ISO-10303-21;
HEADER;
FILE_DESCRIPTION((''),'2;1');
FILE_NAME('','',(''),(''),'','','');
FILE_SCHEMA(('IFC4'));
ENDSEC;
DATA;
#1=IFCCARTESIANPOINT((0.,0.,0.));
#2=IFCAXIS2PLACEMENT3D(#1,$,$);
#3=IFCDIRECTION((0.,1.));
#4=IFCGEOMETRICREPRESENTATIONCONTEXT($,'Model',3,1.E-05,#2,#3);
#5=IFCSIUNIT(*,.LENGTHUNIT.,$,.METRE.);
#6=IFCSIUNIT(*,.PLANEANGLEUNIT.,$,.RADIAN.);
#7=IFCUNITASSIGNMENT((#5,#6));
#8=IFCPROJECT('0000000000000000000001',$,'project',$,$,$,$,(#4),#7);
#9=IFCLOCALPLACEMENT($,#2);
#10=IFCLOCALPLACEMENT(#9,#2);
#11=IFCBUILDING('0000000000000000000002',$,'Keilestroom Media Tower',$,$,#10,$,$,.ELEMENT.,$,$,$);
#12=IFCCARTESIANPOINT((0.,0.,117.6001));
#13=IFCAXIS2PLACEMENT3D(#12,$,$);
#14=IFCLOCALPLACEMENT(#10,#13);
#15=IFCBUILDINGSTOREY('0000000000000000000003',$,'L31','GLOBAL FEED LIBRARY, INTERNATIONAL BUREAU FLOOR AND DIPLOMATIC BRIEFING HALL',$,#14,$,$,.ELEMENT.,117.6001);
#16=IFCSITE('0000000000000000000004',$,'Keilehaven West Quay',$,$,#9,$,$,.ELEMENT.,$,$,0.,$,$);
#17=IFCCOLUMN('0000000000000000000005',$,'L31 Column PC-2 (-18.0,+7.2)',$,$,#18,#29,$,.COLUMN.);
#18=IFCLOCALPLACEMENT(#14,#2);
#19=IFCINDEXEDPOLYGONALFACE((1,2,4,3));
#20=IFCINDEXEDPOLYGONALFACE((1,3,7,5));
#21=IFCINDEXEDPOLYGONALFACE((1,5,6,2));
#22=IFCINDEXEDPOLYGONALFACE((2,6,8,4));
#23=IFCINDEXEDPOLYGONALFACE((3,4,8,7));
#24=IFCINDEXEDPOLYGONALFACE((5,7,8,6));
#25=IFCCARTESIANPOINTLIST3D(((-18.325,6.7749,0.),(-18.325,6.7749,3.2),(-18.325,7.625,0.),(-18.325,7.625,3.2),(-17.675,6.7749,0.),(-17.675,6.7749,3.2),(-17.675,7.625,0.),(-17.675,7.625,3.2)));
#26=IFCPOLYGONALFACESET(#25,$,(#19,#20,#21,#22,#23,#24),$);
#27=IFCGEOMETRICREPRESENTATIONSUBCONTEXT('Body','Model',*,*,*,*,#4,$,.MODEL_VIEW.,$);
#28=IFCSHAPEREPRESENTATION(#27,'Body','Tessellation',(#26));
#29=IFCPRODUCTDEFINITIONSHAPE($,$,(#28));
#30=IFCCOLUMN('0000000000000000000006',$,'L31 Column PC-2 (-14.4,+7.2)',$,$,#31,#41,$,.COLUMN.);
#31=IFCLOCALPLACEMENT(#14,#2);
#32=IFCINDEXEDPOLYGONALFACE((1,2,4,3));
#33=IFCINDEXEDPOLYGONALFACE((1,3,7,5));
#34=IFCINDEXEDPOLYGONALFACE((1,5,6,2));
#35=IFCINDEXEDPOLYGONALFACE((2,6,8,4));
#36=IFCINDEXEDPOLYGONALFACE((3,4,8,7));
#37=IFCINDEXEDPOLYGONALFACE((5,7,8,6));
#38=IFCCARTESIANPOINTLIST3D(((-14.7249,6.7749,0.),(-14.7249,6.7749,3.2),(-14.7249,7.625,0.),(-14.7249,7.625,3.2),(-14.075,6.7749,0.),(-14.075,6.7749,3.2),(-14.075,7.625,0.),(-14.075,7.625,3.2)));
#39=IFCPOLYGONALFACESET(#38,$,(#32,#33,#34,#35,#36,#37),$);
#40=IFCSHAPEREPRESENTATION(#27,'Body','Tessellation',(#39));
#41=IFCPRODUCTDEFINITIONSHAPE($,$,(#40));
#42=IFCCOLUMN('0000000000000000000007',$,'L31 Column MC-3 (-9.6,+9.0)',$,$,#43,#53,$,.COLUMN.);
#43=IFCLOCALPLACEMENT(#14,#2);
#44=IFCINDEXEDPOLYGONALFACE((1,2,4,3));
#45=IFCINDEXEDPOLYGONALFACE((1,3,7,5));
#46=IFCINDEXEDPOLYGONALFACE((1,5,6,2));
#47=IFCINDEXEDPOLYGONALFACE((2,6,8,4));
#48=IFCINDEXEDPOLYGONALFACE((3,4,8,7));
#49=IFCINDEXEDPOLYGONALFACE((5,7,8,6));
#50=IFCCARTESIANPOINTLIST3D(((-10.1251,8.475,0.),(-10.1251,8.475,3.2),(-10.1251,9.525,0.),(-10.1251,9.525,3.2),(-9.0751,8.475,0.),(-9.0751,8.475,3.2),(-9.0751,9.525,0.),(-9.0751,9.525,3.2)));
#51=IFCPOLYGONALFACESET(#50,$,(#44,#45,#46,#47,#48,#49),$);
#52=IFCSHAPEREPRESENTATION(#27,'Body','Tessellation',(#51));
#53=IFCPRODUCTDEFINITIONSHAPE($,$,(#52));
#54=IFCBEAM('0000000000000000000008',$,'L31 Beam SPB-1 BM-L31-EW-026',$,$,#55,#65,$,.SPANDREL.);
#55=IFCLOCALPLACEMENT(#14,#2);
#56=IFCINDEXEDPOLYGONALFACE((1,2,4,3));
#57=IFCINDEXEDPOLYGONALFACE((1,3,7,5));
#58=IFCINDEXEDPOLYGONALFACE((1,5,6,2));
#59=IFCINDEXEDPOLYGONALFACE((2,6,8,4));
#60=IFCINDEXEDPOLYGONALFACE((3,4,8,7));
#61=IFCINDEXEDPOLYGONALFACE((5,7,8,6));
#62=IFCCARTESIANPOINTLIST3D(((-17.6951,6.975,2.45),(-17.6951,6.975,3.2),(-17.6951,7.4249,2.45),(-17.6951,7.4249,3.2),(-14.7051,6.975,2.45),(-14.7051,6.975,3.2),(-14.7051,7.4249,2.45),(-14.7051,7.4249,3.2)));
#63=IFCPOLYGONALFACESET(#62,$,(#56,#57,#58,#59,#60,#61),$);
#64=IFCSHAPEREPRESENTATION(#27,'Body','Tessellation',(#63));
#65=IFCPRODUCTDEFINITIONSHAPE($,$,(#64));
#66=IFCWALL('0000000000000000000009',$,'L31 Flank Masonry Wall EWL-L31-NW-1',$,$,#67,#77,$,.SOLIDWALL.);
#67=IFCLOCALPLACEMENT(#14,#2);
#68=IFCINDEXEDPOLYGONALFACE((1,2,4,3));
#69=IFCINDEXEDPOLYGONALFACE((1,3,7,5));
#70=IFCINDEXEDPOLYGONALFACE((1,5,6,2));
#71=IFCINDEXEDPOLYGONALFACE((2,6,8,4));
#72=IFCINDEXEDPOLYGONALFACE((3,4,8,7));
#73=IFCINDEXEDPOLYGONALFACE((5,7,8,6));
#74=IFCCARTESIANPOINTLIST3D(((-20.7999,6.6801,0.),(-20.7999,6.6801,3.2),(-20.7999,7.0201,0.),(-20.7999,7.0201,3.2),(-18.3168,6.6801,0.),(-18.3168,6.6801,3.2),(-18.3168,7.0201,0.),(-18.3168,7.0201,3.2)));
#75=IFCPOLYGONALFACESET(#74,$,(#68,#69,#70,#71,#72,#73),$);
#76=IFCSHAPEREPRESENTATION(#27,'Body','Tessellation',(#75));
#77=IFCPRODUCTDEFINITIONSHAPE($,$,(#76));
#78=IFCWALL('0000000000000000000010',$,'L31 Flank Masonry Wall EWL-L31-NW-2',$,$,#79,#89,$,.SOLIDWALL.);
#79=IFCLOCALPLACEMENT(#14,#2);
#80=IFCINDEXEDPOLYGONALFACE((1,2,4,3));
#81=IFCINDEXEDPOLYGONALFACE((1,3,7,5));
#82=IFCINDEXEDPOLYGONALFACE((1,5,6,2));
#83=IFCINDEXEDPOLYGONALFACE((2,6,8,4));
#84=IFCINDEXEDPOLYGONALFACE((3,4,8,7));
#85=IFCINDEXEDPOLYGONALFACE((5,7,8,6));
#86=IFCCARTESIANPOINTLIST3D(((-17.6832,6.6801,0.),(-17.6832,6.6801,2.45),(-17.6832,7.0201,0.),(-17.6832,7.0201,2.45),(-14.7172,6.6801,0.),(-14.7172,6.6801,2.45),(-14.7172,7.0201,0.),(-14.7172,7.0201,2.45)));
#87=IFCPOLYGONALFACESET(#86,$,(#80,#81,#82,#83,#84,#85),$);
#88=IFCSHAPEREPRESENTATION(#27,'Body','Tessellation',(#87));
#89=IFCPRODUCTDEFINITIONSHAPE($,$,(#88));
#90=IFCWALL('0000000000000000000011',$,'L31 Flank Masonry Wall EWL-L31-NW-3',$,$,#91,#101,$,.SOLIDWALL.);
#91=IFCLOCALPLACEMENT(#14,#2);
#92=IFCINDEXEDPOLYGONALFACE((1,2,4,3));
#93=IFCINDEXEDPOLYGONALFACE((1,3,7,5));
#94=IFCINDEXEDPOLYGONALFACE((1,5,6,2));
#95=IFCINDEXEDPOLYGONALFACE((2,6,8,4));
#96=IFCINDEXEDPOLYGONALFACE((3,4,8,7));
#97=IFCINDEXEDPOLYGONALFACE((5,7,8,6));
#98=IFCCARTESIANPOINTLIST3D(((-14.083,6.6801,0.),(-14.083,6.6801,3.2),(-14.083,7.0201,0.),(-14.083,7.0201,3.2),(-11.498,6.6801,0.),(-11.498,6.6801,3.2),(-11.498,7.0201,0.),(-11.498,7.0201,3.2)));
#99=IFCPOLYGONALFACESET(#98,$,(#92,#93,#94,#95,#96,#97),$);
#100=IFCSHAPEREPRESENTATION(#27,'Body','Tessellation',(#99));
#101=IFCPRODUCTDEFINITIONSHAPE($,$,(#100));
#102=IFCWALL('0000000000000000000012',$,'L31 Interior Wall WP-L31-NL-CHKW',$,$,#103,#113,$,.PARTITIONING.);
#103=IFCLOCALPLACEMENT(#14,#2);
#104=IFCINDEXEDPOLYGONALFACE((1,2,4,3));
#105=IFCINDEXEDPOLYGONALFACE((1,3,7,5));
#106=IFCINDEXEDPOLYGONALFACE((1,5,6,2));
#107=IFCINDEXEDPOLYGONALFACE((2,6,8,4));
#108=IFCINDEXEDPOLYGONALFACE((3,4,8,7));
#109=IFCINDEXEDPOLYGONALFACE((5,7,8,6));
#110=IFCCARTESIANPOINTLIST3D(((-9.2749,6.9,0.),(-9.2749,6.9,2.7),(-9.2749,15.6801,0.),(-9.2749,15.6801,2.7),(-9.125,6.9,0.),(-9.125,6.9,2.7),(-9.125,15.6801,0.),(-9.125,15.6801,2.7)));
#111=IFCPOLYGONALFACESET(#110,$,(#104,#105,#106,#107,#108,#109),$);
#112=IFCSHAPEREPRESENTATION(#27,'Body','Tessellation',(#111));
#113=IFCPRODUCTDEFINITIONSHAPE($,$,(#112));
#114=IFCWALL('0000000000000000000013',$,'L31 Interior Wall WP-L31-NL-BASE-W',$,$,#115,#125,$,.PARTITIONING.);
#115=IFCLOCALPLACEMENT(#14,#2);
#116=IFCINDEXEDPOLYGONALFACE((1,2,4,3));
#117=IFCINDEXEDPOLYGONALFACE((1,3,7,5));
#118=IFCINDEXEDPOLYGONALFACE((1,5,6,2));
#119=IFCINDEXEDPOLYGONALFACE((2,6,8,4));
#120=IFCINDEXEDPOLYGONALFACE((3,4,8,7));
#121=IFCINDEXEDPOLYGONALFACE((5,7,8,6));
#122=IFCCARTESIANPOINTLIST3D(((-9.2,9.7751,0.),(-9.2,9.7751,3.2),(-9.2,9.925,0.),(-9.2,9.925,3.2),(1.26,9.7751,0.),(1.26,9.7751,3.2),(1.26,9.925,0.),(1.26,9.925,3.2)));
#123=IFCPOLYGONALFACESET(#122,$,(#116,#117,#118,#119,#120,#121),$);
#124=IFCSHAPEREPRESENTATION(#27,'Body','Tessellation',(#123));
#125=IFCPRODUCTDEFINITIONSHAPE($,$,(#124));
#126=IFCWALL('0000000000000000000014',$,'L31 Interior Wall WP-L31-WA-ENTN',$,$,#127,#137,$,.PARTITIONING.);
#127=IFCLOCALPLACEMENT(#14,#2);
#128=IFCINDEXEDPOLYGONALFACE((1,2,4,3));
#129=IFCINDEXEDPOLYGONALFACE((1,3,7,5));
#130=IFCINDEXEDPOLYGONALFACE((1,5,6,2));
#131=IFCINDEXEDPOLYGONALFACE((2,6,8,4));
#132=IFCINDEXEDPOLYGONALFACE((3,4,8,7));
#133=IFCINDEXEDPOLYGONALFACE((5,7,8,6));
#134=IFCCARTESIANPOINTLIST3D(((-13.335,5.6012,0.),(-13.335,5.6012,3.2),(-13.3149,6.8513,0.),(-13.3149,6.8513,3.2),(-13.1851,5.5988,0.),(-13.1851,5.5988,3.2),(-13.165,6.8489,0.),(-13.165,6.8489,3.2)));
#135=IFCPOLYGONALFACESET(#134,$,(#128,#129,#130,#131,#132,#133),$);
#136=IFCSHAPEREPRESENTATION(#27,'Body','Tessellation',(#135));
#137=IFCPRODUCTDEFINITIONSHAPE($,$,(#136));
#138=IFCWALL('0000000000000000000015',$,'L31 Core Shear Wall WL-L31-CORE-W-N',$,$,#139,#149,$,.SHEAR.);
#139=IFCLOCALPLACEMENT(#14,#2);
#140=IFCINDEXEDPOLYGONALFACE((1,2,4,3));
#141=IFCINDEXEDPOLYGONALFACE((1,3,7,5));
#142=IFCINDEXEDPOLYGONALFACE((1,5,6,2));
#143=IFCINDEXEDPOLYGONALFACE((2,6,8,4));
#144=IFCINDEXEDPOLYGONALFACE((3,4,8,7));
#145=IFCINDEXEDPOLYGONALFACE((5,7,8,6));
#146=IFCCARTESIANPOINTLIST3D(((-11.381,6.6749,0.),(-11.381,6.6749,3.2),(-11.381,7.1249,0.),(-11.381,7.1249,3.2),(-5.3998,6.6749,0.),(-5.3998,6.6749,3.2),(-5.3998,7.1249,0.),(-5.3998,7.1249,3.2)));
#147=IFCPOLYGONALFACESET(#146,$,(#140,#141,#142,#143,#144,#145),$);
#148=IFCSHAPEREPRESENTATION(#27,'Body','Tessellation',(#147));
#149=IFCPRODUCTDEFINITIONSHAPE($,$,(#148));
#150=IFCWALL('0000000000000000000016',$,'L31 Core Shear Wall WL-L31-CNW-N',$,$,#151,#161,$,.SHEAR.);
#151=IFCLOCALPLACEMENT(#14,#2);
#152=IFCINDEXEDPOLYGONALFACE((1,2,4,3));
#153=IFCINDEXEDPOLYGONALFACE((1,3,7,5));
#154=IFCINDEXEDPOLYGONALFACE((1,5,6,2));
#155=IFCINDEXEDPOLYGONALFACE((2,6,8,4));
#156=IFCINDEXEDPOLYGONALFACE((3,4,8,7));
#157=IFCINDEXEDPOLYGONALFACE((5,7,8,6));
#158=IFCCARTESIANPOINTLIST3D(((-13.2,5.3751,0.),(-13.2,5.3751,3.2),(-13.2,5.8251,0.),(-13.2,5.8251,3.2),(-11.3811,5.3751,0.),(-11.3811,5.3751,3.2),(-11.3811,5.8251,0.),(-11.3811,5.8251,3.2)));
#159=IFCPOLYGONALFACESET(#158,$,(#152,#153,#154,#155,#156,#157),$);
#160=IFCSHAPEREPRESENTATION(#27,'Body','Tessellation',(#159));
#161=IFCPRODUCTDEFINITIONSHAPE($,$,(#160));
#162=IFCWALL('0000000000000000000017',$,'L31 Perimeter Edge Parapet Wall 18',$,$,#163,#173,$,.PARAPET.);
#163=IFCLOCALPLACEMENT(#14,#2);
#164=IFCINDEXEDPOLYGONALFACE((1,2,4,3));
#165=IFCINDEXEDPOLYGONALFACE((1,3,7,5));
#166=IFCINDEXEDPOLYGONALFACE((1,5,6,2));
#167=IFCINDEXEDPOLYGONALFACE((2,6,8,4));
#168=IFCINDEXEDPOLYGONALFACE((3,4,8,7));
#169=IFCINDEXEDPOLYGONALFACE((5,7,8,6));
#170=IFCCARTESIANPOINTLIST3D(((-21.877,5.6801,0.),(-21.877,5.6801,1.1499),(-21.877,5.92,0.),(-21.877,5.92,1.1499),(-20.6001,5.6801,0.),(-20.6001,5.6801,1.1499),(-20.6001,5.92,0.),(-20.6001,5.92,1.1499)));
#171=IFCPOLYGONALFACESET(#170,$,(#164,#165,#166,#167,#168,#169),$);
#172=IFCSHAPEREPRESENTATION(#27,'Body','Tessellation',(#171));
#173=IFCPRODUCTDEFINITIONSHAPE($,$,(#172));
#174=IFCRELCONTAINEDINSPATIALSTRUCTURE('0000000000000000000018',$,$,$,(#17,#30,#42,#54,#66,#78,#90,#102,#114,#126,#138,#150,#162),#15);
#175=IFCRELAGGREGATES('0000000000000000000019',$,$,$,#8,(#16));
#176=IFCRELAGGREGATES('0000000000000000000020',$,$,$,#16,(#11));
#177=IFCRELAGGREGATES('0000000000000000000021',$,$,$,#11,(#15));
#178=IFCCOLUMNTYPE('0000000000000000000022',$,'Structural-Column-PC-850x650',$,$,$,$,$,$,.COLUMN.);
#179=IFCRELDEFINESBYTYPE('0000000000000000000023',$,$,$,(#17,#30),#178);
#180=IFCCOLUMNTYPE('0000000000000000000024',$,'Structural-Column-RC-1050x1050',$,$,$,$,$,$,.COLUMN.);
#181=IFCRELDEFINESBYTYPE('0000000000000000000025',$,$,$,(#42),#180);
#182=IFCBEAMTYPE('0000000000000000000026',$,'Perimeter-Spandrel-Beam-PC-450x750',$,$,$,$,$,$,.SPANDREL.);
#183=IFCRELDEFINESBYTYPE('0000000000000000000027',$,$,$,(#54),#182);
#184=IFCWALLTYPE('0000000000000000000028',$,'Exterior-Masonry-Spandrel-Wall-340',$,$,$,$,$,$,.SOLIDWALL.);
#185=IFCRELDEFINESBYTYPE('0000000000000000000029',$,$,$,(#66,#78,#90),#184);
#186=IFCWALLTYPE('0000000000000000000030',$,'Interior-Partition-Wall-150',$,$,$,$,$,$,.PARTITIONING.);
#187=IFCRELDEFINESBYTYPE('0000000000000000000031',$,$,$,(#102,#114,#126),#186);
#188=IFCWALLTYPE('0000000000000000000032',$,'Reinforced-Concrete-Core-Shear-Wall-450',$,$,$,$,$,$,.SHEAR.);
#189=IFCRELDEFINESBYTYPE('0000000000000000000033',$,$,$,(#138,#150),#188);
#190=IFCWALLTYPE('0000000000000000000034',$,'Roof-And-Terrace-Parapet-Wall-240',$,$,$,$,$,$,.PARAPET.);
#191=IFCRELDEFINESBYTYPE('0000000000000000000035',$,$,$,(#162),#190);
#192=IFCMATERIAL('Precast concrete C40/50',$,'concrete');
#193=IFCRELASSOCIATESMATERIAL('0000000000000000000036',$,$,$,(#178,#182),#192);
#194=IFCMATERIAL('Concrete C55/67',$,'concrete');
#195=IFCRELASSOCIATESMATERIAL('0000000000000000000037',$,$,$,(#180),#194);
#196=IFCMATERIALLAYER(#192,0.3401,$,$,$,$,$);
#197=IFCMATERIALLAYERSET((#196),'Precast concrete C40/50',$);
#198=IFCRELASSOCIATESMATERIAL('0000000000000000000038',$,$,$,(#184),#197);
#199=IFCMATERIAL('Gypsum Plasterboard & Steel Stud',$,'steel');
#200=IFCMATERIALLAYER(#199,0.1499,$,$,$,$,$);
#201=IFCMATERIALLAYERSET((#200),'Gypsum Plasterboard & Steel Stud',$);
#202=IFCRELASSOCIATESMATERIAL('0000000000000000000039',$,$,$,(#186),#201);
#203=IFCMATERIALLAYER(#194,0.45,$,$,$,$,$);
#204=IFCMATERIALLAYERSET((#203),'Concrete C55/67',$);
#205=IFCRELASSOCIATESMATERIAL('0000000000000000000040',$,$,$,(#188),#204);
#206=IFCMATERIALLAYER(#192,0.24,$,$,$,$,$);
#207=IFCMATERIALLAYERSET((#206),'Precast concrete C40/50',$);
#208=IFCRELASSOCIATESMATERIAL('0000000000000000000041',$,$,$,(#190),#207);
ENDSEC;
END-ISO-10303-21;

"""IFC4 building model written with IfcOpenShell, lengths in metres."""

from ifc_helpers import new_model, si_unit, direction, frame, frame_2d, origin, origin_2d, place, context, subcontext, project, spatial, rectangle, extrude, source, transform, mapped, material, layer, layer_set, material_profile, profile_set, type_object, element, save


model = new_model("IFC4")

# Units and contexts
model_context = context("Model", 3, precision=1e-05, world=origin(), true_north=direction((0.0, 1.0)))
body_context = subcontext(model_context, "Body", "Model", "MODEL_VIEW")
ifc_project = project(units=[si_unit("LENGTHUNIT", "METRE"), si_unit("PLANEANGLEUNIT", "RADIAN")], contexts=[model_context])

# Site, building, storey
site_placement = place(None, origin())
site = spatial("IfcSite", under=ifc_project, at=site_placement, Name="Keilehaven West Quay", CompositionType="ELEMENT", RefElevation=0.0)
building_placement = place(site_placement, origin())
building = spatial("IfcBuilding", under=site, at=building_placement, Name="Keilestroom Media Tower", CompositionType="ELEMENT")
storey_placement = place(building_placement, frame((0.0, 0.0, 117.6001)))
storey = spatial("IfcBuildingStorey", under=building, at=storey_placement, Name="L31", Description="GLOBAL FEED LIBRARY, INTERNATIONAL BUREAU FLOOR AND DIPLOMATIC BRIEFING HALL", CompositionType="ELEMENT", Elevation=117.6001)

# Columns
ifc_material_1 = material(Name="Precast concrete C40/50", Category="concrete")
ifc_material_profile_1 = material_profile(ifc_material_1, rectangle(XDim=0.6499, YDim=0.8501, at=origin_2d()), Name="PC 850x650")
ifc_profile_set_1 = profile_set([ifc_material_profile_1], Name="Precast concrete C40/50")
column_type_1 = type_object("IfcColumnType", Name="Structural-Column-PC-850x650", PredefinedType="COLUMN", material=ifc_profile_set_1)
shared_shape_1 = source(origin(), body_context, "Body", "SweptSolid", [
    extrude(rectangle(XDim=0.6499, YDim=0.8501, at=origin_2d()), origin(), (0.0, 0.0, 1.0), 3.2),
])
for number, where, z_axis, x_axis, name in (
    (1, (-18.0, 7.2, 0.0), (0.0, 0.0, 1.0), (1.0, 0.0, 0.0), "L31 Column PC-2 (-18.0,+7.2)"),
    (2, (-14.3999, 7.2, 0.0), (0.0, 0.0, 1.0), (1.0, 0.0, 0.0), "L31 Column PC-2 (-14.4,+7.2)"),
):
    element("IfcColumn", number, at=place(storey_placement, frame(where, z_axis=z_axis, x_axis=x_axis)), inside=storey, type_object=column_type_1, Name=name, PredefinedType="COLUMN", context=body_context, shape_type="MappedRepresentation", body=[
        mapped(shared_shape_1, transform((0.0, 0.0, 0.0), x_axis=(1.0, 0.0, 0.0), y_axis=(0.0, 1.0, 0.0), z_axis=(0.0, 0.0, 1.0), scale=1.0)),
    ])
ifc_material_2 = material(Name="Concrete C55/67", Category="concrete")
ifc_material_profile_2 = material_profile(ifc_material_2, rectangle(XDim=1.05, YDim=1.05, at=origin_2d()), Name="RC 1050x1050")
ifc_profile_set_2 = profile_set([ifc_material_profile_2], Name="Concrete C55/67")
column_type_2 = type_object("IfcColumnType", Name="Structural-Column-RC-1050x1050", PredefinedType="COLUMN", material=ifc_profile_set_2)
shared_shape_2 = source(origin(), body_context, "Body", "SweptSolid", [
    extrude(rectangle(XDim=1.05, YDim=1.05, at=origin_2d()), origin(), (0.0, 0.0, 1.0), 3.2),
])
column_placement = place(storey_placement, frame((-9.6001, 9.0, 0.0), z_axis=(0.0, 0.0, 1.0), x_axis=(1.0, 0.0, 0.0)))
element("IfcColumn", 3, at=column_placement, inside=storey, type_object=column_type_2, Name="L31 Column MC-3 (-9.6,+9.0)", PredefinedType="COLUMN", context=body_context, shape_type="MappedRepresentation", body=[
    mapped(shared_shape_2, transform((0.0, 0.0, 0.0), x_axis=(1.0, 0.0, 0.0), y_axis=(0.0, 1.0, 0.0), z_axis=(0.0, 0.0, 1.0), scale=1.0)),
])

# Beam
ifc_material_profile_3 = material_profile(ifc_material_1, rectangle(XDim=0.45, YDim=0.75, at=origin_2d()), Name="PC 450x750")
ifc_profile_set_3 = profile_set([ifc_material_profile_3], Name="Precast concrete C40/50")
beam_type = type_object("IfcBeamType", Name="Perimeter-Spandrel-Beam-PC-450x750", PredefinedType="SPANDREL", material=ifc_profile_set_3)
shared_shape_3 = source(origin(), body_context, "Body", "SweptSolid", [
    extrude(rectangle(XDim=0.45, YDim=0.75, at=origin_2d()), origin(), (0.0, 0.0, 1.0), 2.99),
])
beam_placement = place(storey_placement, frame((-17.6951, 7.2, 2.825), z_axis=(1.0, 0.0, 0.0), x_axis=(0.0, 1.0, 0.0)))
element("IfcBeam", 4, at=beam_placement, inside=storey, type_object=beam_type, Name="L31 Beam SPB-1 BM-L31-EW-026", PredefinedType="SPANDREL", context=body_context, shape_type="MappedRepresentation", body=[
    mapped(shared_shape_3, transform((0.0, 0.0, 0.0), x_axis=(1.0, 0.0, 0.0), y_axis=(0.0, 1.0, 0.0), z_axis=(0.0, 0.0, 1.0), scale=1.0)),
])

# Walls
ifc_layer_1 = layer(ifc_material_1, 0.3401)
ifc_layer_set_1 = layer_set([ifc_layer_1], Name="Precast concrete C40/50")
wall_type_1 = type_object("IfcWallType", Name="Exterior-Masonry-Spandrel-Wall-340", PredefinedType="SOLIDWALL", material=ifc_layer_set_1)
wall_1_placement = place(storey_placement, frame((-20.8, 6.8501, 0.0), z_axis=(0.0, 0.0, 1.0), x_axis=(1.0, 0.0, 0.0)))
element("IfcWall", 5, at=wall_1_placement, inside=storey, type_object=wall_type_1, Name="L31 Flank Masonry Wall EWL-L31-NW-1", PredefinedType="SOLIDWALL", context=body_context, shape_type="SweptSolid", body=[
    extrude(rectangle(XDim=2.4832, YDim=0.3401, at=frame_2d((1.2417, 0.0))), origin(), (0.0, 0.0, 1.0), 3.2),
])
wall_2_placement = place(storey_placement, frame((-17.6831, 6.8501, 0.0), z_axis=(0.0, 0.0, 1.0), x_axis=(1.0, 0.0, 0.0)))
element("IfcWall", 6, at=wall_2_placement, inside=storey, type_object=wall_type_1, Name="L31 Flank Masonry Wall EWL-L31-NW-2", PredefinedType="SOLIDWALL", context=body_context, shape_type="SweptSolid", body=[
    extrude(rectangle(XDim=2.9661, YDim=0.3401, at=frame_2d((1.4829, 0.0))), origin(), (0.0, 0.0, 1.0), 2.45),
])
wall_3_placement = place(storey_placement, frame((-14.083, 6.8501, 0.0), z_axis=(0.0, 0.0, 1.0), x_axis=(1.0, 0.0, 0.0)))
element("IfcWall", 7, at=wall_3_placement, inside=storey, type_object=wall_type_1, Name="L31 Flank Masonry Wall EWL-L31-NW-3", PredefinedType="SOLIDWALL", context=body_context, shape_type="SweptSolid", body=[
    extrude(rectangle(XDim=2.585, YDim=0.3401, at=frame_2d((1.2925, 0.0))), origin(), (0.0, 0.0, 1.0), 3.2),
])
ifc_material_3 = material(Name="Gypsum Plasterboard & Steel Stud", Category="steel")
ifc_layer_2 = layer(ifc_material_3, 0.1499)
ifc_layer_set_2 = layer_set([ifc_layer_2], Name="Gypsum Plasterboard & Steel Stud")
wall_type_2 = type_object("IfcWallType", Name="Interior-Partition-Wall-150", PredefinedType="PARTITIONING", material=ifc_layer_set_2)
wall_4_placement = place(storey_placement, frame((-9.2, 6.8999, 0.0), z_axis=(0.0, 0.0, 1.0), x_axis=(0.0, 1.0, 0.0)))
element("IfcWall", 8, at=wall_4_placement, inside=storey, type_object=wall_type_2, Name="L31 Interior Wall WP-L31-NL-CHKW", PredefinedType="PARTITIONING", context=body_context, shape_type="SweptSolid", body=[
    extrude(rectangle(XDim=8.78, YDim=0.1499, at=frame_2d((4.3901, 0.0))), origin(), (0.0, 0.0, 1.0), 2.7),
])
wall_5_placement = place(storey_placement, frame((-9.2, 9.8501, 0.0), z_axis=(0.0, 0.0, 1.0), x_axis=(1.0, 0.0, 0.0)))
element("IfcWall", 9, at=wall_5_placement, inside=storey, type_object=wall_type_2, Name="L31 Interior Wall WP-L31-NL-BASE-W", PredefinedType="PARTITIONING", context=body_context, shape_type="SweptSolid", body=[
    extrude(rectangle(XDim=10.46, YDim=0.1499, at=frame_2d((5.23, 0.0))), origin(), (0.0, 0.0, 1.0), 3.2),
])
wall_6_placement = place(storey_placement, frame((-13.26, 5.6001, 0.0), z_axis=(0.0, 0.0, 1.0), x_axis=(0.016014, 0.999872, 0.0)))
element("IfcWall", 10, at=wall_6_placement, inside=storey, type_object=wall_type_2, Name="L31 Interior Wall WP-L31-WA-ENTN", PredefinedType="PARTITIONING", context=body_context, shape_type="SweptSolid", body=[
    extrude(rectangle(XDim=1.2502, YDim=0.1499, at=frame_2d((0.625, 0.0))), origin(), (0.0, 0.0, 1.0), 3.2),
])
ifc_layer_3 = layer(ifc_material_2, 0.45)
ifc_layer_set_3 = layer_set([ifc_layer_3], Name="Concrete C55/67")
wall_type_3 = type_object("IfcWallType", Name="Reinforced-Concrete-Core-Shear-Wall-450", PredefinedType="SHEAR", material=ifc_layer_set_3)
wall_7_placement = place(storey_placement, frame((-11.3811, 6.8999, 0.0), z_axis=(0.0, 0.0, 1.0), x_axis=(1.0, 0.0, 0.0)))
element("IfcWall", 11, at=wall_7_placement, inside=storey, type_object=wall_type_3, Name="L31 Core Shear Wall WL-L31-CORE-W-N", PredefinedType="SHEAR", context=body_context, shape_type="SweptSolid", body=[
    extrude(rectangle(XDim=5.9812, YDim=0.45, at=frame_2d((2.9907, 0.0))), origin(), (0.0, 0.0, 1.0), 3.2),
])
wall_8_placement = place(storey_placement, frame((-13.2, 5.6001, 0.0), z_axis=(0.0, 0.0, 1.0), x_axis=(1.0, 0.0, 0.0)))
element("IfcWall", 12, at=wall_8_placement, inside=storey, type_object=wall_type_3, Name="L31 Core Shear Wall WL-L31-CNW-N", PredefinedType="SHEAR", context=body_context, shape_type="SweptSolid", body=[
    extrude(rectangle(XDim=1.8188, YDim=0.45, at=frame_2d((0.9094, 0.0))), origin(), (0.0, 0.0, 1.0), 3.2),
])
ifc_layer_4 = layer(ifc_material_1, 0.24)
ifc_layer_set_4 = layer_set([ifc_layer_4], Name="Precast concrete C40/50")
wall_type_4 = type_object("IfcWallType", Name="Roof-And-Terrace-Parapet-Wall-240", PredefinedType="PARAPET", material=ifc_layer_set_4)
wall_9_placement = place(storey_placement, frame((-21.877, 5.8, 0.0), z_axis=(0.0, 0.0, 1.0), x_axis=(1.0, 0.0, 0.0)))
element("IfcWall", 13, at=wall_9_placement, inside=storey, type_object=wall_type_4, Name="L31 Perimeter Edge Parapet Wall 18", PredefinedType="PARAPET", context=body_context, shape_type="SweptSolid", body=[
    extrude(rectangle(XDim=1.2769, YDim=0.24, at=frame_2d((0.6384, 0.0))), origin(), (0.0, 0.0, 1.0), 1.1499),
])

save(model, "model.ifc")
